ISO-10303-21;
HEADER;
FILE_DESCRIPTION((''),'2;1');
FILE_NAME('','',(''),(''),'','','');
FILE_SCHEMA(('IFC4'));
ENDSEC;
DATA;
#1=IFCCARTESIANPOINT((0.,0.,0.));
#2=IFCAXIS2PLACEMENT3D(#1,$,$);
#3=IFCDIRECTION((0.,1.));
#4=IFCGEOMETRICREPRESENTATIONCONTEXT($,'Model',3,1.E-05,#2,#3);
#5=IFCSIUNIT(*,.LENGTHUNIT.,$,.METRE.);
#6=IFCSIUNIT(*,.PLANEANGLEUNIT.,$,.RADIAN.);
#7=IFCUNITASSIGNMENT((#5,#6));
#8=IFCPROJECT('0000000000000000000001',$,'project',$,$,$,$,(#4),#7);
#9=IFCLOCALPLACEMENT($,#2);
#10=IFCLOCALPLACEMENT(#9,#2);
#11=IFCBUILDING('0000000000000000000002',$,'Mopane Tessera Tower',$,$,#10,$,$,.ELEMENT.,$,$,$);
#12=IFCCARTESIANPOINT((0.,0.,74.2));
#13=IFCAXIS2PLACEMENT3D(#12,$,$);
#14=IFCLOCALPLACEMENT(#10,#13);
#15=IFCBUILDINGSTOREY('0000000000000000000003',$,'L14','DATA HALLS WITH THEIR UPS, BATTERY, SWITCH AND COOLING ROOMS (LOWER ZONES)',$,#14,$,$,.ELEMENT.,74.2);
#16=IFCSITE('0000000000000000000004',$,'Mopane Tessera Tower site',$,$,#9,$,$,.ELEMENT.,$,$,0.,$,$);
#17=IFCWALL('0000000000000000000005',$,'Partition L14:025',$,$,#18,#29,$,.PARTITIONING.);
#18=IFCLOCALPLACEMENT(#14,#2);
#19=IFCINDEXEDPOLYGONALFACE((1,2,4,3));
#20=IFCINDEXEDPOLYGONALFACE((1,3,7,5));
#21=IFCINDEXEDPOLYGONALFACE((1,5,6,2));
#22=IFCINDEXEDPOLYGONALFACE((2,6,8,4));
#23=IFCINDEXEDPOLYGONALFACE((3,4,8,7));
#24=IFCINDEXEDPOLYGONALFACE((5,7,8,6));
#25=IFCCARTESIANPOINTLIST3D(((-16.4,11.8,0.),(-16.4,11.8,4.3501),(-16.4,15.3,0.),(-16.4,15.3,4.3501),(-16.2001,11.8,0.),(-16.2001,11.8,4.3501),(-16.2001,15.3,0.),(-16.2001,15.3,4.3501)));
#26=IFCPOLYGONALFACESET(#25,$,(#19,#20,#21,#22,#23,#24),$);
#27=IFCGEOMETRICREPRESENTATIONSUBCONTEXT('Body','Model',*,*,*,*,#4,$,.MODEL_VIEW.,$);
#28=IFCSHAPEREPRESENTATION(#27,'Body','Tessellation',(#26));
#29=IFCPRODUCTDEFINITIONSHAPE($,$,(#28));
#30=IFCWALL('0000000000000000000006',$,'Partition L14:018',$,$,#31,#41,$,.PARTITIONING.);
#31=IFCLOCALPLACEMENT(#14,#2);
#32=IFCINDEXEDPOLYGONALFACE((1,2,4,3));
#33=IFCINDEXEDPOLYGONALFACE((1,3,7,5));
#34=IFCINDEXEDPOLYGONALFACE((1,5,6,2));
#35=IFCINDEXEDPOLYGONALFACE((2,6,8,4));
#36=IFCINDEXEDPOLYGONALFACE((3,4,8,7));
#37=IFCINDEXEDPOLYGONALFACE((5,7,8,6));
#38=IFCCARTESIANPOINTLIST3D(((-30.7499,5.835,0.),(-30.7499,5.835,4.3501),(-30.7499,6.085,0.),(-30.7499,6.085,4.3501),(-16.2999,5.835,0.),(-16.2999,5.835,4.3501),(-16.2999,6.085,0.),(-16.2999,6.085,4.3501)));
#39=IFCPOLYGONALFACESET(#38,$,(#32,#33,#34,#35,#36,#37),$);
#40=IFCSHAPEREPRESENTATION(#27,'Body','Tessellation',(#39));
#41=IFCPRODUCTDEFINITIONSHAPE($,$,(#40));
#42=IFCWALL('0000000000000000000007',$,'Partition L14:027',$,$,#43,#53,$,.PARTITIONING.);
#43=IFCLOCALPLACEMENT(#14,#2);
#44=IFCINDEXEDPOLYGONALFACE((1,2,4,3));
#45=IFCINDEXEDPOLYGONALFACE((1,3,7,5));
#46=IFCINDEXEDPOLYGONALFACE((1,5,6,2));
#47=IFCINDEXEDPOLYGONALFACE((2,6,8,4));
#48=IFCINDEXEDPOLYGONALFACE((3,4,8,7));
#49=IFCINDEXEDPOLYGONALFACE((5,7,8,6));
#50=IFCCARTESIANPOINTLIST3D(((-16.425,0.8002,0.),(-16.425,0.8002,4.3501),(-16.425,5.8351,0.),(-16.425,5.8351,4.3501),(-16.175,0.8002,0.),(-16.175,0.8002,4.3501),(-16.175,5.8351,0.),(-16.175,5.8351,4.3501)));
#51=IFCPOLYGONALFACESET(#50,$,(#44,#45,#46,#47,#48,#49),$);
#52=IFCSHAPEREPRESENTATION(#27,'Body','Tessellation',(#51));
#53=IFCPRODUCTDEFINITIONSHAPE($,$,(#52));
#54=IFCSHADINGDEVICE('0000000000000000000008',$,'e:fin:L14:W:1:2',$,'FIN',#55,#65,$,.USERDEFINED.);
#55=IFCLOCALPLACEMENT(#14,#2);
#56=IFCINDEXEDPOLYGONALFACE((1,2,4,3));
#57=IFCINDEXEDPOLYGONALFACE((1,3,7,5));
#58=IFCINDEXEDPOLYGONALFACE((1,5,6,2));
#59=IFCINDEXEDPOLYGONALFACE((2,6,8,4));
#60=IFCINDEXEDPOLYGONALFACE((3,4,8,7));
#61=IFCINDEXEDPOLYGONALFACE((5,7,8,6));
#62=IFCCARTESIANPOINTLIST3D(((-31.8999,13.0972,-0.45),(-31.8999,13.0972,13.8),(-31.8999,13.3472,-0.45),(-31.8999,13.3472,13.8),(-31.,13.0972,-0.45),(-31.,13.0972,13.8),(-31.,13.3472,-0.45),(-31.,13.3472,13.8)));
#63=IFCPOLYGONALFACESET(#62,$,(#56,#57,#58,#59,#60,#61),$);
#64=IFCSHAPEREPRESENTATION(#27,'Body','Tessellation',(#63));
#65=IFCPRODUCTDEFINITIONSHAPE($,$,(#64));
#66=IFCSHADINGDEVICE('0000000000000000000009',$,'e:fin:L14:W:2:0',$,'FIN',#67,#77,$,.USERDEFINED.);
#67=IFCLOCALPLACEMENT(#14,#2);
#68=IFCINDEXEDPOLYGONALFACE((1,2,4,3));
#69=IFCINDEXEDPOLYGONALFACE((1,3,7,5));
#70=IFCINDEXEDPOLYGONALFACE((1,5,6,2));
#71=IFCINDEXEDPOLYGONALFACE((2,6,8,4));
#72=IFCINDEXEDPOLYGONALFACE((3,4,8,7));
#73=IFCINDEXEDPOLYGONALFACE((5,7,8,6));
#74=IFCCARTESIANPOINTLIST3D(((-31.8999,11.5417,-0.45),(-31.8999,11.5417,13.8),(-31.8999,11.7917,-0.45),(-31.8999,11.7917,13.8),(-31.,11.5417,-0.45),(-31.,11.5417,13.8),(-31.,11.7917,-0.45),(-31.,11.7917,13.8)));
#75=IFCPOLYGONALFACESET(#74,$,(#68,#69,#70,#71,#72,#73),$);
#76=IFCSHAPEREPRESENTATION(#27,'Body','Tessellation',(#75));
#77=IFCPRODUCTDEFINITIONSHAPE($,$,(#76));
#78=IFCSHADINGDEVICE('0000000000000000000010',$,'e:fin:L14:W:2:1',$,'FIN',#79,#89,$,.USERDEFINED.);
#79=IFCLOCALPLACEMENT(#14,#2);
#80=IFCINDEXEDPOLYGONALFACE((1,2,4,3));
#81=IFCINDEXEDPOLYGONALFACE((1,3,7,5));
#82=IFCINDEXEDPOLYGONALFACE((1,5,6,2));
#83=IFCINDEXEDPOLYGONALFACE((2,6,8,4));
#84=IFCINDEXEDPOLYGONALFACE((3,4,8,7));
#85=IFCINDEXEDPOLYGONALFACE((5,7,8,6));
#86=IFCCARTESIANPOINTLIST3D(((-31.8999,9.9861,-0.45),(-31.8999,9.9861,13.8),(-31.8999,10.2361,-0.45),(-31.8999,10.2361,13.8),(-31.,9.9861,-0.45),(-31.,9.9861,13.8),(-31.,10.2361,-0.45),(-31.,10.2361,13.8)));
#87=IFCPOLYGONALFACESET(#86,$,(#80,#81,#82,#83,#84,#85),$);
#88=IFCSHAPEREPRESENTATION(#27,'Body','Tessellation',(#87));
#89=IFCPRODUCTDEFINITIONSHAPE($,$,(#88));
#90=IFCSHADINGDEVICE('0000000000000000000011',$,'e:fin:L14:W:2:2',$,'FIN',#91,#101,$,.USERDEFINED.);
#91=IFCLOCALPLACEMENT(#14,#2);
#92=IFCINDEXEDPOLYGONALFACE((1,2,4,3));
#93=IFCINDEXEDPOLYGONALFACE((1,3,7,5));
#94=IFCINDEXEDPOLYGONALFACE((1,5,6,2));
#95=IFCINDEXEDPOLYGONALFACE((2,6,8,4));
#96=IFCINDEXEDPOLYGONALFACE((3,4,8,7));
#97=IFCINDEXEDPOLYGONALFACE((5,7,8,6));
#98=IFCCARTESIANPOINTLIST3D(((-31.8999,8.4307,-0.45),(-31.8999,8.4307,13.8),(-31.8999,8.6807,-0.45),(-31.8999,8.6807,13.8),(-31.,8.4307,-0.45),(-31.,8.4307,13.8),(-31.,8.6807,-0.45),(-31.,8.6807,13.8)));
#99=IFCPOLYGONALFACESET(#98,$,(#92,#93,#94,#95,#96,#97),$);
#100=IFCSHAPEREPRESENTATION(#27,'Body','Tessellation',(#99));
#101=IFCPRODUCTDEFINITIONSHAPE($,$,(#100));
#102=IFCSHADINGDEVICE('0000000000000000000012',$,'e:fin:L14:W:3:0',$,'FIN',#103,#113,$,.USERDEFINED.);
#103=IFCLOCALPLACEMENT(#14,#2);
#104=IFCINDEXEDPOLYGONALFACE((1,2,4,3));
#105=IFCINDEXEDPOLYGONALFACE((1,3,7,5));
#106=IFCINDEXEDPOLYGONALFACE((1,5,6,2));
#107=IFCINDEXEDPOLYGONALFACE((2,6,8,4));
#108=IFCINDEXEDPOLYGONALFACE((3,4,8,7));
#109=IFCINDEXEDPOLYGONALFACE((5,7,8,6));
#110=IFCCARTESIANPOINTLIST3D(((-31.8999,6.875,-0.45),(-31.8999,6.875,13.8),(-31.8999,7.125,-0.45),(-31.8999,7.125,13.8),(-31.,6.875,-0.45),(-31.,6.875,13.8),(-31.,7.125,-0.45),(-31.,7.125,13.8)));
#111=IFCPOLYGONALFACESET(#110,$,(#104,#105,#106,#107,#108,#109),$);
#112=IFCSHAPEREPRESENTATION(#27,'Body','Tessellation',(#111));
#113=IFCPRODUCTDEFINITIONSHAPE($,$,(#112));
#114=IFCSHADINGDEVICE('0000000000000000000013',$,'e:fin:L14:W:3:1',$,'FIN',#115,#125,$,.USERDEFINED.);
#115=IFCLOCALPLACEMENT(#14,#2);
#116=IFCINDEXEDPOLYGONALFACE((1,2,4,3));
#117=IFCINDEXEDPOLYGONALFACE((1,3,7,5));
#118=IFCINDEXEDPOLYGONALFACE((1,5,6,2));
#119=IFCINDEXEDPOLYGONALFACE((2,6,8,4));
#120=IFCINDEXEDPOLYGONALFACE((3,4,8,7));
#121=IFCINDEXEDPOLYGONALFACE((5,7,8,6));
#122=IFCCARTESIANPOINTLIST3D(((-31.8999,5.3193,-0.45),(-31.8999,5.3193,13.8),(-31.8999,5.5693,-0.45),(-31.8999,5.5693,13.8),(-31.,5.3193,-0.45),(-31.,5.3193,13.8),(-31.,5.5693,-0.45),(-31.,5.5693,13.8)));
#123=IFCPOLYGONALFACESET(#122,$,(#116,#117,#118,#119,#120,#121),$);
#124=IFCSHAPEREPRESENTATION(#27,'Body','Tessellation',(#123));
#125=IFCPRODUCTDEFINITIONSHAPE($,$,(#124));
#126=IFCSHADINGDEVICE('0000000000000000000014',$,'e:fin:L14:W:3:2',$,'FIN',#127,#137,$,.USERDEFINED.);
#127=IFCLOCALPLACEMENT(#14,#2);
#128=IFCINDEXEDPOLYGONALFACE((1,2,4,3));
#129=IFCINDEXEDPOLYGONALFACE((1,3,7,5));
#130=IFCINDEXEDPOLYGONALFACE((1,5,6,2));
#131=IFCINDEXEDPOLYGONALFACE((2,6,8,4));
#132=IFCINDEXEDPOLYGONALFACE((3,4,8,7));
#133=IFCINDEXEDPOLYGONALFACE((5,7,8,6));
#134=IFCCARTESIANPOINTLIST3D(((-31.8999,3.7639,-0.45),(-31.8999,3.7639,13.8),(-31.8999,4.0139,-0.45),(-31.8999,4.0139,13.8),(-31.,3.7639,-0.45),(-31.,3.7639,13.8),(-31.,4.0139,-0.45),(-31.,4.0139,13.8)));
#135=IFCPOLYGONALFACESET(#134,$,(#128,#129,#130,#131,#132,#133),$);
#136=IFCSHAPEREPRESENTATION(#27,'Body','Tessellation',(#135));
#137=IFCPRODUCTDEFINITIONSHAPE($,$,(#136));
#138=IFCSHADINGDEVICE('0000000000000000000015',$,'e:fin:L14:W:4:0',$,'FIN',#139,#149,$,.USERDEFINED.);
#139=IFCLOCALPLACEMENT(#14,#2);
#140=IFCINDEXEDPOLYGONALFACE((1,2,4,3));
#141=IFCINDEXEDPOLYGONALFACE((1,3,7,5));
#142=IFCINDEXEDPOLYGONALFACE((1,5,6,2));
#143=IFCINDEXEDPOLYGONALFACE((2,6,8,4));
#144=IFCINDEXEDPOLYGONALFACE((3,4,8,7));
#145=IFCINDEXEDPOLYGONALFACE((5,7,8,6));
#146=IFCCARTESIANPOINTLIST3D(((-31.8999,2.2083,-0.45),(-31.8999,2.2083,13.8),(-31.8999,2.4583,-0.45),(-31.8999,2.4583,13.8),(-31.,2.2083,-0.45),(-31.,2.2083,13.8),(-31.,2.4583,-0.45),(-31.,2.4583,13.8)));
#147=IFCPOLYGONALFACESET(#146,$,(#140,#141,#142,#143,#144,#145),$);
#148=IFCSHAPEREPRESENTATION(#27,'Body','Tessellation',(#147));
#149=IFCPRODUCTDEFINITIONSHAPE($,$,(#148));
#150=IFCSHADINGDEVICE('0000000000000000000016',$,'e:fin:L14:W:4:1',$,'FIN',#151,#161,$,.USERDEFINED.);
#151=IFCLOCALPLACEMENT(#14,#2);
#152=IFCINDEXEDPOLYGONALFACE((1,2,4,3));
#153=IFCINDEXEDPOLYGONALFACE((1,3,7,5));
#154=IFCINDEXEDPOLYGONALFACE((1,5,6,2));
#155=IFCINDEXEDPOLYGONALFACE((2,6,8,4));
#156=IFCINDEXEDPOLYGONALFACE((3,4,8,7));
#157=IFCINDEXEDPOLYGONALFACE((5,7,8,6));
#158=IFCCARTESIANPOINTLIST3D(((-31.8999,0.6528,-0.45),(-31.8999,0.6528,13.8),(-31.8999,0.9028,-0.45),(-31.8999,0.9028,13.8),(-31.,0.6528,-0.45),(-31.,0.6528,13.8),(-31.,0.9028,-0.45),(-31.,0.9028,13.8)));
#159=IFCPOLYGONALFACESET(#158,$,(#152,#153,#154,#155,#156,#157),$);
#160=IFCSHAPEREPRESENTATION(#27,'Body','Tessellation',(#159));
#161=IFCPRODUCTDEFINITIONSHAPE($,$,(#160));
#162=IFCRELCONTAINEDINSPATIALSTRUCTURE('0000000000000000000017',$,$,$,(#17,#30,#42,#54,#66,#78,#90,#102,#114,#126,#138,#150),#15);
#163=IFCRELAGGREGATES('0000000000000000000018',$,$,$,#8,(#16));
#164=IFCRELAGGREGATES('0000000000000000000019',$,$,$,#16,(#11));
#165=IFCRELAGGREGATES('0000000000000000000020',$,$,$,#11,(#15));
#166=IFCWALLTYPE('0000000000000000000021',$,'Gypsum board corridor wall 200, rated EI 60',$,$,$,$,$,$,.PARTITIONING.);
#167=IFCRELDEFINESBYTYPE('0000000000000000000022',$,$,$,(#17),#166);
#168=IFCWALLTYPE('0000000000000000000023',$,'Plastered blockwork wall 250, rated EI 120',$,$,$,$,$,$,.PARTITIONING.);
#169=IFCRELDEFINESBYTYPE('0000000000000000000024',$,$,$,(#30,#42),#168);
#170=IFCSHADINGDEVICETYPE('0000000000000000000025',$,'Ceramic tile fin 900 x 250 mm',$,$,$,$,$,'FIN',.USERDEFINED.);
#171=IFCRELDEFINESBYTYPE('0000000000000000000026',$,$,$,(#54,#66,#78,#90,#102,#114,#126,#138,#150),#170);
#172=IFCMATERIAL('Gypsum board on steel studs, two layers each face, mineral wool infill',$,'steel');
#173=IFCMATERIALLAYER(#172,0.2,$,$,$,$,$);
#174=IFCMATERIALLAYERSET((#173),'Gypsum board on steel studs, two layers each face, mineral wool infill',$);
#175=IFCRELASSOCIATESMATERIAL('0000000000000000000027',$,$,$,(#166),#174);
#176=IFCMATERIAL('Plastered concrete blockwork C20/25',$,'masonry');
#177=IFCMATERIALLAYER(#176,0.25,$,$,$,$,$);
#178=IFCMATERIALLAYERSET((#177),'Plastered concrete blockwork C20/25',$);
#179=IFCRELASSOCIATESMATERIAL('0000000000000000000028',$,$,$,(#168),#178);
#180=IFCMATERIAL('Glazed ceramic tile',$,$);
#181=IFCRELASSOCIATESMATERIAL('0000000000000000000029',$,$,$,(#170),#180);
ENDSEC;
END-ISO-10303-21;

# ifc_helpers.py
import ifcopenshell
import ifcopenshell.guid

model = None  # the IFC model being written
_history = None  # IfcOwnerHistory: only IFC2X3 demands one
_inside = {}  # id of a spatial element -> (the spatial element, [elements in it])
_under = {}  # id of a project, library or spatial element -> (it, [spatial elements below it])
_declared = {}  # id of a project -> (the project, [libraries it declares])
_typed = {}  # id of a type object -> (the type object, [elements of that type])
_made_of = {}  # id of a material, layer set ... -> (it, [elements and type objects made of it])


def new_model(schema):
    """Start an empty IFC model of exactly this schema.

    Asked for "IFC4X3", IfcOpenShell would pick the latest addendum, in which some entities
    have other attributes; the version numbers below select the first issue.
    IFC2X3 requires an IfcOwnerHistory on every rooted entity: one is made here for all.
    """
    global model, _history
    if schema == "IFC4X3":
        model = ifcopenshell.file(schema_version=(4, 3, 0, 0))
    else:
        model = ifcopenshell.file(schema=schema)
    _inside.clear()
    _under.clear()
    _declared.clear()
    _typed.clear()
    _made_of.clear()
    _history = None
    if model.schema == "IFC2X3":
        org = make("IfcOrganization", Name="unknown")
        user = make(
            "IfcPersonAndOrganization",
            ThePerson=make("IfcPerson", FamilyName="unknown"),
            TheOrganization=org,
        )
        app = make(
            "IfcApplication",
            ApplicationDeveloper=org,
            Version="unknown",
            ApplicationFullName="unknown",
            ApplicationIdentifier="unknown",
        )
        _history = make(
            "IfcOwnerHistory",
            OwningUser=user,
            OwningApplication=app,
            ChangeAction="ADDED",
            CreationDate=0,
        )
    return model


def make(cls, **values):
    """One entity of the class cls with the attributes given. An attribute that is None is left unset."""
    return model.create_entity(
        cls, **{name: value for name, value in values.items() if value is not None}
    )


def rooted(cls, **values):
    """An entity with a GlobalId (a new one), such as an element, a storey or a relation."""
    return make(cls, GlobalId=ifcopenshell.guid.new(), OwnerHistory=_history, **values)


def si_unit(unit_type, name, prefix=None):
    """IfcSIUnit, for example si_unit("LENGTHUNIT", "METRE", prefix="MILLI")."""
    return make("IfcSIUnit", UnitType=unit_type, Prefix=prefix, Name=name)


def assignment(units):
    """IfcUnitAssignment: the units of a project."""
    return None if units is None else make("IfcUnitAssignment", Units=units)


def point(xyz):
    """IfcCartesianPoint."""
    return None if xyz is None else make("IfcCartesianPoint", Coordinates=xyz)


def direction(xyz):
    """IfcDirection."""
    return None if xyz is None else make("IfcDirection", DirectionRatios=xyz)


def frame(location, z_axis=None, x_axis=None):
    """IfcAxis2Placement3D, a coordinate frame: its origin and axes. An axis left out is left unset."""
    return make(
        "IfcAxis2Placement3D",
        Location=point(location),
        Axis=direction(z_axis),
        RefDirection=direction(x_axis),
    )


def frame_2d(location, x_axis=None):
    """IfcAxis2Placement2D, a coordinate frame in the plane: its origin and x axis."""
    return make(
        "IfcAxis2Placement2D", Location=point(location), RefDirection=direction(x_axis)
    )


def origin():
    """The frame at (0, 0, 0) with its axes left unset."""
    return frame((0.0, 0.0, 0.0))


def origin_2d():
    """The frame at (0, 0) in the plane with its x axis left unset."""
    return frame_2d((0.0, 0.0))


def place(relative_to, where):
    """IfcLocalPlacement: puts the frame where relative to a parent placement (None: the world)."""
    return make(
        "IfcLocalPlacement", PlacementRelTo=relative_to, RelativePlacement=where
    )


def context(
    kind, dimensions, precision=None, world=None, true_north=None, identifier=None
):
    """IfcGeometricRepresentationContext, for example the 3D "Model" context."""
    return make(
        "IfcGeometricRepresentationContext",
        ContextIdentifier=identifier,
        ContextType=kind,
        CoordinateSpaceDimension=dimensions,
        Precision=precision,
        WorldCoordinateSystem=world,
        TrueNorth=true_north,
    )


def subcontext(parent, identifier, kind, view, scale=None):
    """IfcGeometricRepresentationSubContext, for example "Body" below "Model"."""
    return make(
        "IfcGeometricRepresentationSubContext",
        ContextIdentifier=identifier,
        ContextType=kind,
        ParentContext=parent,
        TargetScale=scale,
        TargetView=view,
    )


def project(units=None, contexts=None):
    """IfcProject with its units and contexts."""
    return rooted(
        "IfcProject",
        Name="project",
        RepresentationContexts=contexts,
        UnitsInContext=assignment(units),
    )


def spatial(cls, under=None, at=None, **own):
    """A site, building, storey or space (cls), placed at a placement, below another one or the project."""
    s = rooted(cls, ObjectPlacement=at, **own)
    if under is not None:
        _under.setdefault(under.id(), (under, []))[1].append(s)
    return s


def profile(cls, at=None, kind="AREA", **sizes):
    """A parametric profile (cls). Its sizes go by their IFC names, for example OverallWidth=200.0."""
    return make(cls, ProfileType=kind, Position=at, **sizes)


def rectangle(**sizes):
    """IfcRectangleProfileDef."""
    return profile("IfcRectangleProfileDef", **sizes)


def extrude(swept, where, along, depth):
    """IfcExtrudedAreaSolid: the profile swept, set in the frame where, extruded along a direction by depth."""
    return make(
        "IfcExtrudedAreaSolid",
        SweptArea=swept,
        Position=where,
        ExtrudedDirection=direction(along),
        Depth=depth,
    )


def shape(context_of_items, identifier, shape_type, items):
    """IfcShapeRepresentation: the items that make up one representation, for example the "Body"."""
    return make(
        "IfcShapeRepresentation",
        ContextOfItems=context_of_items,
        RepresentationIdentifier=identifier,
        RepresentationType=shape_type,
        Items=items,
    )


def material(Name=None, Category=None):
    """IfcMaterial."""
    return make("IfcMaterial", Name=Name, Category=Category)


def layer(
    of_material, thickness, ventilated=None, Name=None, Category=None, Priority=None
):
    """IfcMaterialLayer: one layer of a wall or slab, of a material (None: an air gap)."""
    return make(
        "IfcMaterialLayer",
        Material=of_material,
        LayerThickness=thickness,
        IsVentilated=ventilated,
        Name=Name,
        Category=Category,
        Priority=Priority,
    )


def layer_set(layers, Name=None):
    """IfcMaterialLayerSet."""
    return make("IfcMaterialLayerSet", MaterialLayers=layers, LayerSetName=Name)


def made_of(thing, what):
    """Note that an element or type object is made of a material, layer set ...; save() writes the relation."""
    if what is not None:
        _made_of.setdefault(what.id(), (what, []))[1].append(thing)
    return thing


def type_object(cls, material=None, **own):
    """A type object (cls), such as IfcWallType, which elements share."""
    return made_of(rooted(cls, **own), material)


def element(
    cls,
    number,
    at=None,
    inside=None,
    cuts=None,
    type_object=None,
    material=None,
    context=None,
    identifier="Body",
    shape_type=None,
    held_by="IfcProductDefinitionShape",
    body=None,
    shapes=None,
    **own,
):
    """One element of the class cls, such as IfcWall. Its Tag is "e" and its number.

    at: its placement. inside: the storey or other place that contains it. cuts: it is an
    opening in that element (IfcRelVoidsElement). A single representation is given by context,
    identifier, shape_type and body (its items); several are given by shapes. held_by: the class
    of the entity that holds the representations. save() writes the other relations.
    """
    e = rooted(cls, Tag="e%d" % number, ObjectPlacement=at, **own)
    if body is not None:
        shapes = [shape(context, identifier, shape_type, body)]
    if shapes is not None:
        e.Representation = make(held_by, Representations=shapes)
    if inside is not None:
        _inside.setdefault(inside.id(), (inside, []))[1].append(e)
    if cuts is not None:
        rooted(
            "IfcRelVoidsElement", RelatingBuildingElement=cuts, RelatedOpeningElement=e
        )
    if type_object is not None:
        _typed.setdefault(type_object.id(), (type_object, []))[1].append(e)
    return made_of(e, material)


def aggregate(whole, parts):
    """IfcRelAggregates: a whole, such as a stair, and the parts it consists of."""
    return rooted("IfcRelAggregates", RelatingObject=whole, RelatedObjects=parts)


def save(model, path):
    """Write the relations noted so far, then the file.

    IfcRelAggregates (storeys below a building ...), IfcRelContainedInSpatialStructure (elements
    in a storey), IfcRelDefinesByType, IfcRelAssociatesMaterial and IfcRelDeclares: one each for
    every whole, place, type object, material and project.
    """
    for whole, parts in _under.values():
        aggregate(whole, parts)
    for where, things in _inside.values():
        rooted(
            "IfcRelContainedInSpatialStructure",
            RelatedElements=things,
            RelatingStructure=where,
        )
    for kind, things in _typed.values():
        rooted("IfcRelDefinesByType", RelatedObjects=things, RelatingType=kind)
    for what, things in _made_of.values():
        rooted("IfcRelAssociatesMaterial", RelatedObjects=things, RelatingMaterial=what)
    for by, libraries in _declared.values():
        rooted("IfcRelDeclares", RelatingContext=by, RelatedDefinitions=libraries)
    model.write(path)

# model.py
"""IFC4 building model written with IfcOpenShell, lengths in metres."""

from ifc_helpers import new_model, si_unit, direction, frame, frame_2d, origin, origin_2d, place, context, subcontext, project, spatial, rectangle, extrude, material, layer, layer_set, type_object, element, save


model = new_model("IFC4")

# Units and contexts
model_context = context("Model", 3, precision=1e-05, world=origin(), true_north=direction((0.0, 1.0)))
body_context = subcontext(model_context, "Body", "Model", "MODEL_VIEW")
ifc_project = project(units=[si_unit("LENGTHUNIT", "METRE"), si_unit("PLANEANGLEUNIT", "RADIAN")], contexts=[model_context])

# Site, building, storey
site_placement = place(None, origin())
site = spatial("IfcSite", under=ifc_project, at=site_placement, Name="Mopane Tessera Tower site", CompositionType="ELEMENT", RefElevation=0.0)
building_placement = place(site_placement, origin())
building = spatial("IfcBuilding", under=site, at=building_placement, Name="Mopane Tessera Tower", CompositionType="ELEMENT")
storey_placement = place(building_placement, frame((0.0, 0.0, 74.2)))
storey = spatial("IfcBuildingStorey", under=building, at=storey_placement, Name="L14", Description="DATA HALLS WITH THEIR UPS, BATTERY, SWITCH AND COOLING ROOMS (LOWER ZONES)", CompositionType="ELEMENT", Elevation=74.2)

# Shared definitions
ifc_material_1 = material(Name="Gypsum board on steel studs, two layers each face, mineral wool infill", Category="steel")
ifc_layer_1 = layer(ifc_material_1, 0.2)
ifc_layer_set_1 = layer_set([ifc_layer_1], Name="Gypsum board on steel studs, two layers each face, mineral wool infill")
wall_type_1 = type_object("IfcWallType", Name="Gypsum board corridor wall 200, rated EI 60", PredefinedType="PARTITIONING", material=ifc_layer_set_1)

# Walls
wall_1_placement = place(storey_placement, frame((-16.3, 11.8, 0.0), z_axis=(0.0, 0.0, 1.0), x_axis=(0.0, 1.0, 0.0)))
element("IfcWall", 1, at=wall_1_placement, inside=storey, type_object=wall_type_1, Name="Partition L14:025", PredefinedType="PARTITIONING", context=body_context, shape_type="SweptSolid", body=[
    extrude(rectangle(XDim=3.5, YDim=0.2, at=frame_2d((1.75, 0.0))), origin(), (0.0, 0.0, 1.0), 4.3501),
])
ifc_material_2 = material(Name="Plastered concrete blockwork C20/25", Category="masonry")
ifc_layer_2 = layer(ifc_material_2, 0.25)
ifc_layer_set_2 = layer_set([ifc_layer_2], Name="Plastered concrete blockwork C20/25")
wall_type_2 = type_object("IfcWallType", Name="Plastered blockwork wall 250, rated EI 120", PredefinedType="PARTITIONING", material=ifc_layer_set_2)
wall_2_placement = place(storey_placement, frame((-30.75, 5.96, 0.0), z_axis=(0.0, 0.0, 1.0), x_axis=(1.0, 0.0, 0.0)))
element("IfcWall", 2, at=wall_2_placement, inside=storey, type_object=wall_type_2, Name="Partition L14:018", PredefinedType="PARTITIONING", context=body_context, shape_type="SweptSolid", body=[
    extrude(rectangle(XDim=14.45, YDim=0.25, at=frame_2d((7.2251, 0.0))), origin(), (0.0, 0.0, 1.0), 4.3501),
])
wall_3_placement = place(storey_placement, frame((-16.3, 0.8, 0.0), z_axis=(0.0, 0.0, 1.0), x_axis=(0.0, 1.0, 0.0)))
element("IfcWall", 3, at=wall_3_placement, inside=storey, type_object=wall_type_2, Name="Partition L14:027", PredefinedType="PARTITIONING", context=body_context, shape_type="SweptSolid", body=[
    extrude(rectangle(XDim=5.0349, YDim=0.25, at=frame_2d((2.5176, 0.0))), origin(), (0.0, 0.0, 1.0), 4.3501),
])

# Shading devices
ifc_material_3 = material(Name="Glazed ceramic tile")
shading_device_type = type_object("IfcShadingDeviceType", Name="Ceramic tile fin 900 x 250 mm", ElementType="FIN", PredefinedType="USERDEFINED", material=ifc_material_3)
for number, where, z_axis, x_axis, name in (
    (4, (-31.45, 13.2222, -0.45), (0.0, 0.0, 1.0), (0.0, -1.0, 0.0), "e:fin:L14:W:1:2"),
    (5, (-31.45, 11.6667, -0.45), (0.0, 0.0, 1.0), (0.0, -1.0, 0.0), "e:fin:L14:W:2:0"),
    (6, (-31.45, 10.1111, -0.45), (0.0, 0.0, 1.0), (0.0, -1.0, 0.0), "e:fin:L14:W:2:1"),
    (7, (-31.45, 8.5557, -0.45), (0.0, 0.0, 1.0), (0.0, -1.0, 0.0), "e:fin:L14:W:2:2"),
    (8, (-31.45, 7.0, -0.45), (0.0, 0.0, 1.0), (0.0, -1.0, 0.0), "e:fin:L14:W:3:0"),
    (9, (-31.45, 5.4443, -0.45), (0.0, 0.0, 1.0), (0.0, -1.0, 0.0), "e:fin:L14:W:3:1"),
    (10, (-31.45, 3.8889, -0.45), (0.0, 0.0, 1.0), (0.0, -1.0, 0.0), "e:fin:L14:W:3:2"),
    (11, (-31.45, 2.3333, -0.45), (0.0, 0.0, 1.0), (0.0, -1.0, 0.0), "e:fin:L14:W:4:0"),
    (12, (-31.45, 0.7778, -0.45), (0.0, 0.0, 1.0), (0.0, -1.0, 0.0), "e:fin:L14:W:4:1"),
):
    element("IfcShadingDevice", number, at=place(storey_placement, frame(where, z_axis=z_axis, x_axis=x_axis)), inside=storey, type_object=shading_device_type, Name=name, ObjectType="FIN", PredefinedType="USERDEFINED", context=body_context, shape_type="SweptSolid", body=[
        extrude(rectangle(XDim=0.25, YDim=0.8999, at=origin_2d()), origin(), (0.0, 0.0, 1.0), 14.25),
    ])

save(model, "model.ifc")
